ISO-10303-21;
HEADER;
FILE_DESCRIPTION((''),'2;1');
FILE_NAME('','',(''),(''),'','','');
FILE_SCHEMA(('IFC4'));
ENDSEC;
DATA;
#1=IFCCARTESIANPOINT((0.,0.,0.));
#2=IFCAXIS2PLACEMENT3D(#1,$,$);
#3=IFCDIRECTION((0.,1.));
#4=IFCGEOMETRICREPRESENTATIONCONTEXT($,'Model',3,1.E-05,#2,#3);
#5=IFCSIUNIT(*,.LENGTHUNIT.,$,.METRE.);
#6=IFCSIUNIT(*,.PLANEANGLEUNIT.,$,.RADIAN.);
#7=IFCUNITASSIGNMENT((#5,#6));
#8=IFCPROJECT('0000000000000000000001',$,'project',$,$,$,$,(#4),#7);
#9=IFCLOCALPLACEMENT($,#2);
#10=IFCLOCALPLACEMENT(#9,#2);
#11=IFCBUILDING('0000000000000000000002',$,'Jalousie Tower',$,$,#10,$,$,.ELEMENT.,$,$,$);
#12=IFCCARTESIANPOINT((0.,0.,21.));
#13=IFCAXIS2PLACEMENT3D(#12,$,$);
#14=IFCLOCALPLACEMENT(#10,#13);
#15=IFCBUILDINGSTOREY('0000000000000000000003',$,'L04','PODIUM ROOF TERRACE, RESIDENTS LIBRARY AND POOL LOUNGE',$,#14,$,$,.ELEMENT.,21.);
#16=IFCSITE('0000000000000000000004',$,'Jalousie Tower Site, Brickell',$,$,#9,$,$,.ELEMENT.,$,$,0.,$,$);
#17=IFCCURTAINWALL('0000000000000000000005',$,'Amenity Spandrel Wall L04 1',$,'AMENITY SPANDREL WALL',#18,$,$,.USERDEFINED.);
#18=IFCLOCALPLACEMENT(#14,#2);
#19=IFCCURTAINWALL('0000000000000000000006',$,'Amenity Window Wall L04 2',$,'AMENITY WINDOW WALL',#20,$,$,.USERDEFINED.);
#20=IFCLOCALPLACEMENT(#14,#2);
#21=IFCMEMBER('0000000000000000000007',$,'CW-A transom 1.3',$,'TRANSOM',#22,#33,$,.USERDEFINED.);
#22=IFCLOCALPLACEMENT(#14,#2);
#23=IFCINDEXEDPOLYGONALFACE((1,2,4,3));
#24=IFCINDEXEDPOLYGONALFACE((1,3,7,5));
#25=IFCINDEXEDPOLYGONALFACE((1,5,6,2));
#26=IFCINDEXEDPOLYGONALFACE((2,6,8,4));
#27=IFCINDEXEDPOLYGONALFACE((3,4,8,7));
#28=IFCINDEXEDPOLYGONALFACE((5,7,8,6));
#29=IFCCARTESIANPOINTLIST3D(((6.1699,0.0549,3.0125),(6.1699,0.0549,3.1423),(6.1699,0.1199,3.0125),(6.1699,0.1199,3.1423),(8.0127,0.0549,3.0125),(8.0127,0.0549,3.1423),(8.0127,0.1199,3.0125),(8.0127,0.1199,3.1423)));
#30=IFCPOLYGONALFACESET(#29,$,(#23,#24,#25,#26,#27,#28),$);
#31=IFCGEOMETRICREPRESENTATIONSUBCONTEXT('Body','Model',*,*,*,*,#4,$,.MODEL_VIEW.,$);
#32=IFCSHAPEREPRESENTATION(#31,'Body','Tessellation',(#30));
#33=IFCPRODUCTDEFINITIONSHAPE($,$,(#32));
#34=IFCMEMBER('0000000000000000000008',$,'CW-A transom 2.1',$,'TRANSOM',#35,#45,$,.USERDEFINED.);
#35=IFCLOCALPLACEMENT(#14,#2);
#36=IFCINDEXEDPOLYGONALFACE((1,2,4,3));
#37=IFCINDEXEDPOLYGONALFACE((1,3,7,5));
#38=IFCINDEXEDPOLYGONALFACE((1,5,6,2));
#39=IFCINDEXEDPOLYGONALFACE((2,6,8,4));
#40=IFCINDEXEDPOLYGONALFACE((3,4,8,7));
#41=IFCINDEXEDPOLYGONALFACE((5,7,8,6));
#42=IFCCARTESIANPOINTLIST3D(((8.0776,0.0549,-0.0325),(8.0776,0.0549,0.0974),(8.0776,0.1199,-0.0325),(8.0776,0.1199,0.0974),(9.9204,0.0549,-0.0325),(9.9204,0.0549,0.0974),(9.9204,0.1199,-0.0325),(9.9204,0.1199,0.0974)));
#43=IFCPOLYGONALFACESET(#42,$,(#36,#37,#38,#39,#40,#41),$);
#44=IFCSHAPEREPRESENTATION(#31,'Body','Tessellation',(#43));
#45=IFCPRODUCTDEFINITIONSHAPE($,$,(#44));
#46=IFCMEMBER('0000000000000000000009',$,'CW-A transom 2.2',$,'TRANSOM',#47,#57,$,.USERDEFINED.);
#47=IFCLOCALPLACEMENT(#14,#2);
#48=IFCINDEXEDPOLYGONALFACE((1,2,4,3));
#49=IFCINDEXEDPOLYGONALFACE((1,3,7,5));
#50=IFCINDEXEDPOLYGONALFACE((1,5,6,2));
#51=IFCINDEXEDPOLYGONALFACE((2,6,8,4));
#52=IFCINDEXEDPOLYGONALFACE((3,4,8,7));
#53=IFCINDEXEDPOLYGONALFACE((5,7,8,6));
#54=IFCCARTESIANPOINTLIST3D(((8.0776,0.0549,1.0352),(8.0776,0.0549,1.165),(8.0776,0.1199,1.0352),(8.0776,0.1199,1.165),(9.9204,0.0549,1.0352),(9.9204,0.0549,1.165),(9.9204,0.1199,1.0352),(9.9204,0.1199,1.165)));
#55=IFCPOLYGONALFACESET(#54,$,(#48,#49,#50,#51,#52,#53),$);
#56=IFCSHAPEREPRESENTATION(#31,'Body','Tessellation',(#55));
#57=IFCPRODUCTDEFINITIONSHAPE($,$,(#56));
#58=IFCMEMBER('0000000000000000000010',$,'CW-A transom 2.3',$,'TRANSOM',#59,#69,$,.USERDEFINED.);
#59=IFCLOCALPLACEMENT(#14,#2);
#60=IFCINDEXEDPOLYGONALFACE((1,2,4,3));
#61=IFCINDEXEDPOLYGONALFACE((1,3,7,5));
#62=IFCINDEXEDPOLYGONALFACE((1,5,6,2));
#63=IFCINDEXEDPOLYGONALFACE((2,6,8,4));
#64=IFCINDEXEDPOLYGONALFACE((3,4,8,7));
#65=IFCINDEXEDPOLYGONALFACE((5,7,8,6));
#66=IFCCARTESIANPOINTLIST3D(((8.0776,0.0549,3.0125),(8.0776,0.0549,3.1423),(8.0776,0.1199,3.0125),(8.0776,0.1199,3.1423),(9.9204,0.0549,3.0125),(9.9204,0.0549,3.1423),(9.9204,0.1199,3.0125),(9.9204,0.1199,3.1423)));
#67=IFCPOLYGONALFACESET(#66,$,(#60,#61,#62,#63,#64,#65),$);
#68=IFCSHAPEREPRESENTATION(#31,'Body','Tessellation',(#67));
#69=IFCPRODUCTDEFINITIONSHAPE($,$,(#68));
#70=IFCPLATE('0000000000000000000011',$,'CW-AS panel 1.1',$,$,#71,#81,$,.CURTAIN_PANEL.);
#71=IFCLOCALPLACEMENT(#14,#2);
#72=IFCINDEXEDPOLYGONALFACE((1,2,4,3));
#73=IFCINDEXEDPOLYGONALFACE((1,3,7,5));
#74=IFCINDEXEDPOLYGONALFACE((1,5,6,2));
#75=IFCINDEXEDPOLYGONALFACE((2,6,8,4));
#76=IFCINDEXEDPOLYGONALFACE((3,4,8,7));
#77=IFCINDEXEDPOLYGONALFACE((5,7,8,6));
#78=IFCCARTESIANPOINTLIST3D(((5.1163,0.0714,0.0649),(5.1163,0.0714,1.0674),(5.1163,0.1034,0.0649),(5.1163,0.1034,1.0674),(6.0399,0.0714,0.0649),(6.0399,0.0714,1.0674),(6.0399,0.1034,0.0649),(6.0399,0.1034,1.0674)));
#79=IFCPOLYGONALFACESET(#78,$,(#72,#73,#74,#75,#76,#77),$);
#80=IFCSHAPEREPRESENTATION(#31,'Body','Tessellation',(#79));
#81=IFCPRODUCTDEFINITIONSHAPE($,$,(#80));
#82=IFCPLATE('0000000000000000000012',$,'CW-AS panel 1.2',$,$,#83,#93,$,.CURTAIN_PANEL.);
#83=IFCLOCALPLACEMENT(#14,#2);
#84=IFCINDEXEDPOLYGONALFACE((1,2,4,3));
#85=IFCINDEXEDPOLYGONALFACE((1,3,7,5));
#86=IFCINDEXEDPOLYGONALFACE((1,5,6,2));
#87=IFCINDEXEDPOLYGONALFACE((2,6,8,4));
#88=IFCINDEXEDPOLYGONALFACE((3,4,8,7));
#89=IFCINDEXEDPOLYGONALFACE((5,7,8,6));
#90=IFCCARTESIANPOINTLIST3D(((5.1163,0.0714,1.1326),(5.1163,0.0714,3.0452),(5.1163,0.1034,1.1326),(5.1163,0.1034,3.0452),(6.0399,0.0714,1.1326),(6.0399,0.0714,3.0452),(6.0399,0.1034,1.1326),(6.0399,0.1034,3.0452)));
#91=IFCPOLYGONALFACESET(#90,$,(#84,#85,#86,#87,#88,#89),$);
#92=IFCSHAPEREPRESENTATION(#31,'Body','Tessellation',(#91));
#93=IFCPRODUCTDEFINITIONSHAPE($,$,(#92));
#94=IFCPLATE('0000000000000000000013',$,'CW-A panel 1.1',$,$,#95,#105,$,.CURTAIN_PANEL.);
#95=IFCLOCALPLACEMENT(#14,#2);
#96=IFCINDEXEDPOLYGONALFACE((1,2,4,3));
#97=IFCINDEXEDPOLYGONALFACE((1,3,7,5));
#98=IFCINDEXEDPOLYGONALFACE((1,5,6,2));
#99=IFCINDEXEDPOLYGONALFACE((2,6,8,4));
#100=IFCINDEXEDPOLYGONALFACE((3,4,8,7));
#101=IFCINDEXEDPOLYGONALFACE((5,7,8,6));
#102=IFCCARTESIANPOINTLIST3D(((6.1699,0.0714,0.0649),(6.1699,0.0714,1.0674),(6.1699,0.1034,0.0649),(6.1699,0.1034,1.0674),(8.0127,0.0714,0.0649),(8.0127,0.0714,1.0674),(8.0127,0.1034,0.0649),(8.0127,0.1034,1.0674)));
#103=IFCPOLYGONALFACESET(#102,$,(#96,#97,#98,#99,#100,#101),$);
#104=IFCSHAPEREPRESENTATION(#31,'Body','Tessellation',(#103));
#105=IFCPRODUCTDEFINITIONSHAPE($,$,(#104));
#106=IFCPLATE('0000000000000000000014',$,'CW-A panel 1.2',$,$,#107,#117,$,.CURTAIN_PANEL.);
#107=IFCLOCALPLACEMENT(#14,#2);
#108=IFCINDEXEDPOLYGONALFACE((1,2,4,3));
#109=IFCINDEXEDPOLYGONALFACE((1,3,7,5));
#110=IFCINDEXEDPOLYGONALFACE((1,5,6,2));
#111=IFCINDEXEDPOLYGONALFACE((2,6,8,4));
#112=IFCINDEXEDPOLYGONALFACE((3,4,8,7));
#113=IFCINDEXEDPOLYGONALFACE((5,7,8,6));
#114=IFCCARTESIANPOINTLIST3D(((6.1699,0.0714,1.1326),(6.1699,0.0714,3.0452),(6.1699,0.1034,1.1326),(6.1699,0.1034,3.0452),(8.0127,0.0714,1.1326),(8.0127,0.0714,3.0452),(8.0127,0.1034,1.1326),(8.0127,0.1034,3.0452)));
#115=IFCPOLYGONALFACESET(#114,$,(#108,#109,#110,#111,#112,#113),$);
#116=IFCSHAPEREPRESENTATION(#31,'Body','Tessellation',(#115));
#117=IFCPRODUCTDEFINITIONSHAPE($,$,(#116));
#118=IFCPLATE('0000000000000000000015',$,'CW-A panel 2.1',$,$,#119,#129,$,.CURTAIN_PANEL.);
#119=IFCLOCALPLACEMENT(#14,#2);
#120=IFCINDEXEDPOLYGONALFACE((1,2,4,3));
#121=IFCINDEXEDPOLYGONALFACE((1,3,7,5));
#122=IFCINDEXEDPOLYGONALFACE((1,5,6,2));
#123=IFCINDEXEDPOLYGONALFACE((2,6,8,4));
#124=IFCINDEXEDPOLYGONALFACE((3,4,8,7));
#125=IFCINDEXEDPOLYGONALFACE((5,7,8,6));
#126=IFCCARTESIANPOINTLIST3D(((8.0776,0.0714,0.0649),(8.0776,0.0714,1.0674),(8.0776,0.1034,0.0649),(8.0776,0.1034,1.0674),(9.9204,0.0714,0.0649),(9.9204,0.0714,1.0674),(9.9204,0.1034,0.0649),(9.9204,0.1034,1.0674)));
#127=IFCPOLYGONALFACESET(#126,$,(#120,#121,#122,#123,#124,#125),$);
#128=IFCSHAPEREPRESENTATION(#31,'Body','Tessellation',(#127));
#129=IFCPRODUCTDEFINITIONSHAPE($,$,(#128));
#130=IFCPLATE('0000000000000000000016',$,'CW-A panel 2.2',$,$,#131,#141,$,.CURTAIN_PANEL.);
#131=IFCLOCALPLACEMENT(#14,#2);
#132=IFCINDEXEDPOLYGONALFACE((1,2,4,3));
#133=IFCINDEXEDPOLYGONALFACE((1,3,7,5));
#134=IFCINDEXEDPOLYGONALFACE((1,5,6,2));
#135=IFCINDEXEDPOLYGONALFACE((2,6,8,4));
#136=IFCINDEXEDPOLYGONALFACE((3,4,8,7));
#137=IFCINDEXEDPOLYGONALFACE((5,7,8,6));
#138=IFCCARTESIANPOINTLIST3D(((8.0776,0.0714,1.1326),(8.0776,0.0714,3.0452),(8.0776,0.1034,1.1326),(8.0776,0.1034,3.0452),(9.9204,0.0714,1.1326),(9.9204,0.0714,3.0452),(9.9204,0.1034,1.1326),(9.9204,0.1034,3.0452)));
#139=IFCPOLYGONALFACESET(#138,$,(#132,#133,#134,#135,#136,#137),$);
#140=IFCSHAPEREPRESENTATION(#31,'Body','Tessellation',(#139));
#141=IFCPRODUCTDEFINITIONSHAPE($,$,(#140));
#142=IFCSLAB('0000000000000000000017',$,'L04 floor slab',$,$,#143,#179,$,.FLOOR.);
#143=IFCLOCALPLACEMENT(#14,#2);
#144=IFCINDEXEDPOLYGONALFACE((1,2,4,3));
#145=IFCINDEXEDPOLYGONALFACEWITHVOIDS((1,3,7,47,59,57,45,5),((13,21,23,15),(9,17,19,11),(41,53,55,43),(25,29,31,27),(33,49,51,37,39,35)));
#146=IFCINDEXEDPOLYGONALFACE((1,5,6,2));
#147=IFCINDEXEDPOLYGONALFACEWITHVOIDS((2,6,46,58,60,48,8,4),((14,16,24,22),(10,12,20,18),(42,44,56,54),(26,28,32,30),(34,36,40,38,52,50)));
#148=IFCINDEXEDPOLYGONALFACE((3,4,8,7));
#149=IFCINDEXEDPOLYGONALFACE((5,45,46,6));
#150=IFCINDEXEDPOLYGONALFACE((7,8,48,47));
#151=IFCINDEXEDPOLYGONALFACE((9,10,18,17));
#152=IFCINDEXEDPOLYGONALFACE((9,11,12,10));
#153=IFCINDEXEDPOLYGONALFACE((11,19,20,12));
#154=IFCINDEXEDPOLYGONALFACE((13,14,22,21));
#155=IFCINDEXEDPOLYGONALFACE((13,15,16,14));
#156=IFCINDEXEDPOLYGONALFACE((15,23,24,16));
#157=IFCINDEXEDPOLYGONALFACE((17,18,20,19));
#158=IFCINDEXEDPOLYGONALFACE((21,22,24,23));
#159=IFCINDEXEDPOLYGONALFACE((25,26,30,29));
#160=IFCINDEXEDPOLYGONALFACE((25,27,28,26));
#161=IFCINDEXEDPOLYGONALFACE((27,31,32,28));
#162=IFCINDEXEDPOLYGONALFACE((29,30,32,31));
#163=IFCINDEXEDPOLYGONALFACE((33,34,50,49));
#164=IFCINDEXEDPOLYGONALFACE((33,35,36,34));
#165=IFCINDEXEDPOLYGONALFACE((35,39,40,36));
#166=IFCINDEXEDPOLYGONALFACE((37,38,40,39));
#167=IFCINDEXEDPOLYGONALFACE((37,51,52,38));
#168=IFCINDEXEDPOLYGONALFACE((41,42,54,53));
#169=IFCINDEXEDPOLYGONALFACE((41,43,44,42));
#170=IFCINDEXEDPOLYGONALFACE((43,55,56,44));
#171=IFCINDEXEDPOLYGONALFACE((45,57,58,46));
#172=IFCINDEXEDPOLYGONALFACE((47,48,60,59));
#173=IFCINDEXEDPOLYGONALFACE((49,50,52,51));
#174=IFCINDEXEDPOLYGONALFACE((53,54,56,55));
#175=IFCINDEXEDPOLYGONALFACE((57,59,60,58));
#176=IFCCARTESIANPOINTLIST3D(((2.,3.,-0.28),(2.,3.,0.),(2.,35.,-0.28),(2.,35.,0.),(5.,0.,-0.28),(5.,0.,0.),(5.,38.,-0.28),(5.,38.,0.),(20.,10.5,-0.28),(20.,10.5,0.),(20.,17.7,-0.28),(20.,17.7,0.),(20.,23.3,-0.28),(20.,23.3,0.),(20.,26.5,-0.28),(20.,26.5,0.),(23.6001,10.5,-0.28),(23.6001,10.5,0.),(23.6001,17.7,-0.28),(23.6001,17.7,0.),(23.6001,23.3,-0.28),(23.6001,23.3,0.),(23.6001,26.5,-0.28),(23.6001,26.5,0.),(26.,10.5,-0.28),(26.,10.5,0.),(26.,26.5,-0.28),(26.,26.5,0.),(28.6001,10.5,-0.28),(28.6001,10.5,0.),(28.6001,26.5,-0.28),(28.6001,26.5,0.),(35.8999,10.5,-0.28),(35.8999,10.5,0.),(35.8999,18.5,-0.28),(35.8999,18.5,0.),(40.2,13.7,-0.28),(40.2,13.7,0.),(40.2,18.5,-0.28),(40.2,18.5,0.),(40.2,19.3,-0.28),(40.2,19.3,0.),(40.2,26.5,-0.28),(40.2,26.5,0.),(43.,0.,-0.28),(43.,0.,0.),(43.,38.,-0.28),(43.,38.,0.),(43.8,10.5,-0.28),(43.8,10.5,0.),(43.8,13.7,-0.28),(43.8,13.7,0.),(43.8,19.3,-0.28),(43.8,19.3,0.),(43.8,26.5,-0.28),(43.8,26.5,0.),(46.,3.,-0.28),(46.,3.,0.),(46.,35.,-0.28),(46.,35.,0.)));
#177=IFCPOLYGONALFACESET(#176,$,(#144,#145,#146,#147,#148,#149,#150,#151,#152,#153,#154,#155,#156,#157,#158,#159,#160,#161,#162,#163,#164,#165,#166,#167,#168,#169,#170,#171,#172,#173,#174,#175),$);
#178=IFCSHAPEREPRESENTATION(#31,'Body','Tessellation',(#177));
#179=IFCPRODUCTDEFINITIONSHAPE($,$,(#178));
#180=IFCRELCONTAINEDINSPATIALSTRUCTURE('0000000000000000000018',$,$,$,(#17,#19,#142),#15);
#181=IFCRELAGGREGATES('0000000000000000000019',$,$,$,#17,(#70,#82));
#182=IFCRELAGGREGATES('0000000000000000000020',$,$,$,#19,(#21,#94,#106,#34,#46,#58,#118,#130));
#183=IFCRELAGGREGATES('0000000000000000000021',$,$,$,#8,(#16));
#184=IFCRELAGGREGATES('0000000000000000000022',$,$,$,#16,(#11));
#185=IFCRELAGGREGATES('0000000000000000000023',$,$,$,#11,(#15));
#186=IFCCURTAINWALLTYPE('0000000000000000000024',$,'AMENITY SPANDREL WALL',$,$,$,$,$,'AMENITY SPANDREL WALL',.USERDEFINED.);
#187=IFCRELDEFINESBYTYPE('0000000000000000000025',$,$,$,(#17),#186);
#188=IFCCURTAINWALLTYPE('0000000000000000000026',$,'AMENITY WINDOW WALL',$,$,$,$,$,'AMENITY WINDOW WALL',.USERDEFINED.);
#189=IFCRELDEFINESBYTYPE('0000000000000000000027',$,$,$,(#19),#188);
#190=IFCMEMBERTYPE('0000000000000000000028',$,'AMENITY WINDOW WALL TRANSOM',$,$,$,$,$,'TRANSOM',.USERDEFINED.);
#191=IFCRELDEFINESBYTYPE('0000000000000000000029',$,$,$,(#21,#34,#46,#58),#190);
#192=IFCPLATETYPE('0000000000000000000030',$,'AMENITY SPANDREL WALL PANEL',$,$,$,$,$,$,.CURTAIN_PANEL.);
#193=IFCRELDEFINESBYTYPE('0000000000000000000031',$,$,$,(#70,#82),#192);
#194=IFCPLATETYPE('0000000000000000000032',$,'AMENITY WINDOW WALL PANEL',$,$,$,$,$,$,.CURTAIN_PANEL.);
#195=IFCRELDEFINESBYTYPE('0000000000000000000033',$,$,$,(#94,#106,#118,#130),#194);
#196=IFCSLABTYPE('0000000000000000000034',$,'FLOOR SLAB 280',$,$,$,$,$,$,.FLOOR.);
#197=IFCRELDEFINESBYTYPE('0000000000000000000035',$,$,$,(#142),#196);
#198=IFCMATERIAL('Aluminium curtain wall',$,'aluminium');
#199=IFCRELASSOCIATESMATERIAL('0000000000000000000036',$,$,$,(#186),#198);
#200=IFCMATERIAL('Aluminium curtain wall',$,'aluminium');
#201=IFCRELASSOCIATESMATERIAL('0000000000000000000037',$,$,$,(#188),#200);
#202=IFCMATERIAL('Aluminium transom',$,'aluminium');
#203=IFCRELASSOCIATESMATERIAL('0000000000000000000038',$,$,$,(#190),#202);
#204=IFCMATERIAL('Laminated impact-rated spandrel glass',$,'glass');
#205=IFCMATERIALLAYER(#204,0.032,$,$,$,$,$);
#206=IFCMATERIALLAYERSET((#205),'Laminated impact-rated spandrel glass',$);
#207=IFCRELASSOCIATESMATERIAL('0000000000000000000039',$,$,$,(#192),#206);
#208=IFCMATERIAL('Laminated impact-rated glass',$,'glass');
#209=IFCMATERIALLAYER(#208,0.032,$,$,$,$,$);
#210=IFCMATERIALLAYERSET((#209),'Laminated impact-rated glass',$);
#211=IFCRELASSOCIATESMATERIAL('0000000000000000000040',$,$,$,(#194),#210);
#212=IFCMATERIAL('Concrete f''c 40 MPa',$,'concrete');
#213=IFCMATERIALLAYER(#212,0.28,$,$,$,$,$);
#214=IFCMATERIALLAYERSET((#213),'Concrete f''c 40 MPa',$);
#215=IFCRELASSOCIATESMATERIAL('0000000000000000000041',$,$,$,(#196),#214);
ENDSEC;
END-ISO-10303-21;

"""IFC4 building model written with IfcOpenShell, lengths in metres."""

from ifc_helpers import new_model, si_unit, direction, frame, origin, origin_2d, place, context, subcontext, project, spatial, polyline, rectangle, outline, extrude, material, layer, layer_set, material_profile, profile_set, type_object, element, aggregate, save


model = new_model("IFC4")

# Units and contexts
model_context = context("Model", 3, precision=1e-05, world=origin(), true_north=direction((0.0, 1.0)))
body_context = subcontext(model_context, "Body", "Model", "MODEL_VIEW")
ifc_project = project(units=[si_unit("LENGTHUNIT", "METRE"), si_unit("PLANEANGLEUNIT", "RADIAN")], contexts=[model_context])

# Site, building, storey
site_placement = place(None, origin())
site = spatial("IfcSite", under=ifc_project, at=site_placement, Name="Jalousie Tower Site, Brickell", CompositionType="ELEMENT", RefElevation=0.0)
building_placement = place(site_placement, origin())
building = spatial("IfcBuilding", under=site, at=building_placement, Name="Jalousie Tower", CompositionType="ELEMENT")
storey_placement = place(building_placement, frame((0.0, 0.0, 21.0)))
storey = spatial("IfcBuildingStorey", under=building, at=storey_placement, Name="L04", Description="PODIUM ROOF TERRACE, RESIDENTS LIBRARY AND POOL LOUNGE", CompositionType="ELEMENT", Elevation=21.0)

# Curtain wall
ifc_material_1 = material(Name="Aluminium curtain wall", Category="aluminium")
curtain_wall_type_1 = type_object("IfcCurtainWallType", Name="AMENITY SPANDREL WALL", ElementType="AMENITY SPANDREL WALL", PredefinedType="USERDEFINED", material=ifc_material_1)
curtain_wall_1_placement = place(storey_placement, origin())
curtain_wall_1 = element("IfcCurtainWall", 1, at=curtain_wall_1_placement, inside=storey, type_object=curtain_wall_type_1, Name="Amenity Spandrel Wall L04 1", ObjectType="AMENITY SPANDREL WALL", PredefinedType="USERDEFINED")

# Curtain wall, members
ifc_material_2 = material(Name="Aluminium curtain wall", Category="aluminium")
curtain_wall_type_2 = type_object("IfcCurtainWallType", Name="AMENITY WINDOW WALL", ElementType="AMENITY WINDOW WALL", PredefinedType="USERDEFINED", material=ifc_material_2)
curtain_wall_2_placement = place(storey_placement, origin())
curtain_wall_2 = element("IfcCurtainWall", 2, at=curtain_wall_2_placement, inside=storey, type_object=curtain_wall_type_2, Name="Amenity Window Wall L04 2", ObjectType="AMENITY WINDOW WALL", PredefinedType="USERDEFINED")
ifc_material_3 = material(Name="Aluminium transom", Category="aluminium")
ifc_material_profile_1 = material_profile(ifc_material_3, rectangle(XDim=0.0649, YDim=0.1299, at=origin_2d()), Name="TRANSOM 65x130")
ifc_profile_set_1 = profile_set([ifc_material_profile_1], Name="Aluminium transom")
member_type_1 = type_object("IfcMemberType", Name="AMENITY WINDOW WALL TRANSOM", ElementType="TRANSOM", PredefinedType="USERDEFINED", material=ifc_profile_set_1)
member_1_placement = place(storey_placement, frame((6.1699, 0.0874, 3.0774), z_axis=(1.0, 0.0, 0.0), x_axis=(0.0, 1.0, 0.0)))
member_1 = element("IfcMember", 3, at=member_1_placement, type_object=member_type_1, Name="CW-A transom 1.3", ObjectType="TRANSOM", PredefinedType="USERDEFINED", context=body_context, shape_type="SweptSolid", body=[
    extrude(rectangle(XDim=0.0649, YDim=0.1299, at=origin_2d()), origin(), (0.0, 0.0, 1.0), 1.8428),
])
member_2_placement = place(storey_placement, frame((8.0776, 0.0874, 0.0325), z_axis=(1.0, 0.0, 0.0), x_axis=(0.0, 1.0, 0.0)))
member_2 = element("IfcMember", 4, at=member_2_placement, type_object=member_type_1, Name="CW-A transom 2.1", ObjectType="TRANSOM", PredefinedType="USERDEFINED", context=body_context, shape_type="SweptSolid", body=[
    extrude(rectangle(XDim=0.0649, YDim=0.1299, at=origin_2d()), origin(), (0.0, 0.0, 1.0), 1.8428),
])
member_3_placement = place(storey_placement, frame((8.0776, 0.0874, 1.1001), z_axis=(1.0, 0.0, 0.0), x_axis=(0.0, 1.0, 0.0)))
member_3 = element("IfcMember", 5, at=member_3_placement, type_object=member_type_1, Name="CW-A transom 2.2", ObjectType="TRANSOM", PredefinedType="USERDEFINED", context=body_context, shape_type="SweptSolid", body=[
    extrude(rectangle(XDim=0.0649, YDim=0.1299, at=origin_2d()), origin(), (0.0, 0.0, 1.0), 1.8428),
])
member_4_placement = place(storey_placement, frame((8.0776, 0.0874, 3.0774), z_axis=(1.0, 0.0, 0.0), x_axis=(0.0, 1.0, 0.0)))
member_4 = element("IfcMember", 6, at=member_4_placement, type_object=member_type_1, Name="CW-A transom 2.3", ObjectType="TRANSOM", PredefinedType="USERDEFINED", context=body_context, shape_type="SweptSolid", body=[
    extrude(rectangle(XDim=0.0649, YDim=0.1299, at=origin_2d()), origin(), (0.0, 0.0, 1.0), 1.8428),
])

# Plates
ifc_material_4 = material(Name="Laminated impact-rated spandrel glass", Category="glass")
ifc_layer_1 = layer(ifc_material_4, 0.032)
ifc_layer_set_1 = layer_set([ifc_layer_1], Name="Laminated impact-rated spandrel glass")
plate_type_1 = type_object("IfcPlateType", Name="AMENITY SPANDREL WALL PANEL", PredefinedType="CURTAIN_PANEL", material=ifc_layer_set_1)
plate_1_placement = place(storey_placement, frame((5.5781, 0.0874, 0.0649), z_axis=(0.0, 0.0, 1.0), x_axis=(1.0, 0.0, 0.0)))
plate_1 = element("IfcPlate", 7, at=plate_1_placement, type_object=plate_type_1, Name="CW-AS panel 1.1", PredefinedType="CURTAIN_PANEL", context=body_context, shape_type="SweptSolid", body=[
    extrude(rectangle(XDim=0.9236, YDim=0.032, at=origin_2d()), origin(), (0.0, 0.0, 1.0), 1.0024),
])
plate_2_placement = place(storey_placement, frame((5.5781, 0.0874, 1.1326), z_axis=(0.0, 0.0, 1.0), x_axis=(1.0, 0.0, 0.0)))
plate_2 = element("IfcPlate", 8, at=plate_2_placement, type_object=plate_type_1, Name="CW-AS panel 1.2", PredefinedType="CURTAIN_PANEL", context=body_context, shape_type="SweptSolid", body=[
    extrude(rectangle(XDim=0.9236, YDim=0.032, at=origin_2d()), origin(), (0.0, 0.0, 1.0), 1.9126),
])
aggregate(curtain_wall_1, [plate_1, plate_2])
ifc_material_5 = material(Name="Laminated impact-rated glass", Category="glass")
ifc_layer_2 = layer(ifc_material_5, 0.032)
ifc_layer_set_2 = layer_set([ifc_layer_2], Name="Laminated impact-rated glass")
plate_type_2 = type_object("IfcPlateType", Name="AMENITY WINDOW WALL PANEL", PredefinedType="CURTAIN_PANEL", material=ifc_layer_set_2)
plate_3_placement = place(storey_placement, frame((7.0913, 0.0874, 0.0649), z_axis=(0.0, 0.0, 1.0), x_axis=(1.0, 0.0, 0.0)))
plate_3 = element("IfcPlate", 9, at=plate_3_placement, type_object=plate_type_2, Name="CW-A panel 1.1", PredefinedType="CURTAIN_PANEL", context=body_context, shape_type="SweptSolid", body=[
    extrude(rectangle(XDim=1.8428, YDim=0.032, at=origin_2d()), origin(), (0.0, 0.0, 1.0), 1.0024),
])
plate_4_placement = place(storey_placement, frame((7.0913, 0.0874, 1.1326), z_axis=(0.0, 0.0, 1.0), x_axis=(1.0, 0.0, 0.0)))
plate_4 = element("IfcPlate", 10, at=plate_4_placement, type_object=plate_type_2, Name="CW-A panel 1.2", PredefinedType="CURTAIN_PANEL", context=body_context, shape_type="SweptSolid", body=[
    extrude(rectangle(XDim=1.8428, YDim=0.032, at=origin_2d()), origin(), (0.0, 0.0, 1.0), 1.9126),
])
plate_5_placement = place(storey_placement, frame((8.999, 0.0874, 0.0649), z_axis=(0.0, 0.0, 1.0), x_axis=(1.0, 0.0, 0.0)))
plate_5 = element("IfcPlate", 11, at=plate_5_placement, type_object=plate_type_2, Name="CW-A panel 2.1", PredefinedType="CURTAIN_PANEL", context=body_context, shape_type="SweptSolid", body=[
    extrude(rectangle(XDim=1.8428, YDim=0.032, at=origin_2d()), origin(), (0.0, 0.0, 1.0), 1.0024),
])
plate_6_placement = place(storey_placement, frame((8.999, 0.0874, 1.1326), z_axis=(0.0, 0.0, 1.0), x_axis=(1.0, 0.0, 0.0)))
plate_6 = element("IfcPlate", 12, at=plate_6_placement, type_object=plate_type_2, Name="CW-A panel 2.2", PredefinedType="CURTAIN_PANEL", context=body_context, shape_type="SweptSolid", body=[
    extrude(rectangle(XDim=1.8428, YDim=0.032, at=origin_2d()), origin(), (0.0, 0.0, 1.0), 1.9126),
])
aggregate(curtain_wall_2, [member_1, plate_3, plate_4, member_2, member_3, member_4, plate_5, plate_6])

# Slab
ifc_material_6 = material(Name="Concrete f'c 40 MPa", Category="concrete")
ifc_layer_3 = layer(ifc_material_6, 0.28)
ifc_layer_set_3 = layer_set([ifc_layer_3], Name="Concrete f'c 40 MPa")
slab_type_1 = type_object("IfcSlabType", Name="FLOOR SLAB 280", PredefinedType="FLOOR", material=ifc_layer_set_3)
slab_1_placement = place(storey_placement, frame((0.0, 0.0, -0.28)))
element("IfcSlab", 13, at=slab_1_placement, inside=storey, type_object=slab_type_1, Name="L04 floor slab", PredefinedType="FLOOR", context=body_context, shape_type="SweptSolid", body=[
    extrude(outline(polyline([(5.0, 0.0), (43.0, 0.0), (46.0, 3.0), (46.0, 35.0), (43.0, 38.0), (5.0, 38.0), (2.0, 35.0), (2.0, 3.0), (5.0, 0.0)]), holes=[polyline([(26.0, 10.5), (26.0, 26.5), (28.6001, 26.5), (28.6001, 10.5), (26.0, 10.5)]), polyline([(20.0, 10.5), (23.6001, 10.5), (23.6001, 17.7), (20.0, 17.7), (20.0, 10.5)]), polyline([(20.0, 23.3), (23.6001, 23.3), (23.6001, 26.5), (20.0, 26.5), (20.0, 23.3)]), polyline([(35.8999, 10.5), (35.8999, 18.5), (40.2, 18.5), (40.2, 13.7), (43.8, 13.7), (43.8, 10.5), (35.8999, 10.5)]), polyline([(40.2, 19.3), (43.8, 19.3), (43.8, 26.5), (40.2, 26.5), (40.2, 19.3)])]), origin(), (0.0, 0.0, 1.0), 0.28),
])

save(model, "model.ifc")
